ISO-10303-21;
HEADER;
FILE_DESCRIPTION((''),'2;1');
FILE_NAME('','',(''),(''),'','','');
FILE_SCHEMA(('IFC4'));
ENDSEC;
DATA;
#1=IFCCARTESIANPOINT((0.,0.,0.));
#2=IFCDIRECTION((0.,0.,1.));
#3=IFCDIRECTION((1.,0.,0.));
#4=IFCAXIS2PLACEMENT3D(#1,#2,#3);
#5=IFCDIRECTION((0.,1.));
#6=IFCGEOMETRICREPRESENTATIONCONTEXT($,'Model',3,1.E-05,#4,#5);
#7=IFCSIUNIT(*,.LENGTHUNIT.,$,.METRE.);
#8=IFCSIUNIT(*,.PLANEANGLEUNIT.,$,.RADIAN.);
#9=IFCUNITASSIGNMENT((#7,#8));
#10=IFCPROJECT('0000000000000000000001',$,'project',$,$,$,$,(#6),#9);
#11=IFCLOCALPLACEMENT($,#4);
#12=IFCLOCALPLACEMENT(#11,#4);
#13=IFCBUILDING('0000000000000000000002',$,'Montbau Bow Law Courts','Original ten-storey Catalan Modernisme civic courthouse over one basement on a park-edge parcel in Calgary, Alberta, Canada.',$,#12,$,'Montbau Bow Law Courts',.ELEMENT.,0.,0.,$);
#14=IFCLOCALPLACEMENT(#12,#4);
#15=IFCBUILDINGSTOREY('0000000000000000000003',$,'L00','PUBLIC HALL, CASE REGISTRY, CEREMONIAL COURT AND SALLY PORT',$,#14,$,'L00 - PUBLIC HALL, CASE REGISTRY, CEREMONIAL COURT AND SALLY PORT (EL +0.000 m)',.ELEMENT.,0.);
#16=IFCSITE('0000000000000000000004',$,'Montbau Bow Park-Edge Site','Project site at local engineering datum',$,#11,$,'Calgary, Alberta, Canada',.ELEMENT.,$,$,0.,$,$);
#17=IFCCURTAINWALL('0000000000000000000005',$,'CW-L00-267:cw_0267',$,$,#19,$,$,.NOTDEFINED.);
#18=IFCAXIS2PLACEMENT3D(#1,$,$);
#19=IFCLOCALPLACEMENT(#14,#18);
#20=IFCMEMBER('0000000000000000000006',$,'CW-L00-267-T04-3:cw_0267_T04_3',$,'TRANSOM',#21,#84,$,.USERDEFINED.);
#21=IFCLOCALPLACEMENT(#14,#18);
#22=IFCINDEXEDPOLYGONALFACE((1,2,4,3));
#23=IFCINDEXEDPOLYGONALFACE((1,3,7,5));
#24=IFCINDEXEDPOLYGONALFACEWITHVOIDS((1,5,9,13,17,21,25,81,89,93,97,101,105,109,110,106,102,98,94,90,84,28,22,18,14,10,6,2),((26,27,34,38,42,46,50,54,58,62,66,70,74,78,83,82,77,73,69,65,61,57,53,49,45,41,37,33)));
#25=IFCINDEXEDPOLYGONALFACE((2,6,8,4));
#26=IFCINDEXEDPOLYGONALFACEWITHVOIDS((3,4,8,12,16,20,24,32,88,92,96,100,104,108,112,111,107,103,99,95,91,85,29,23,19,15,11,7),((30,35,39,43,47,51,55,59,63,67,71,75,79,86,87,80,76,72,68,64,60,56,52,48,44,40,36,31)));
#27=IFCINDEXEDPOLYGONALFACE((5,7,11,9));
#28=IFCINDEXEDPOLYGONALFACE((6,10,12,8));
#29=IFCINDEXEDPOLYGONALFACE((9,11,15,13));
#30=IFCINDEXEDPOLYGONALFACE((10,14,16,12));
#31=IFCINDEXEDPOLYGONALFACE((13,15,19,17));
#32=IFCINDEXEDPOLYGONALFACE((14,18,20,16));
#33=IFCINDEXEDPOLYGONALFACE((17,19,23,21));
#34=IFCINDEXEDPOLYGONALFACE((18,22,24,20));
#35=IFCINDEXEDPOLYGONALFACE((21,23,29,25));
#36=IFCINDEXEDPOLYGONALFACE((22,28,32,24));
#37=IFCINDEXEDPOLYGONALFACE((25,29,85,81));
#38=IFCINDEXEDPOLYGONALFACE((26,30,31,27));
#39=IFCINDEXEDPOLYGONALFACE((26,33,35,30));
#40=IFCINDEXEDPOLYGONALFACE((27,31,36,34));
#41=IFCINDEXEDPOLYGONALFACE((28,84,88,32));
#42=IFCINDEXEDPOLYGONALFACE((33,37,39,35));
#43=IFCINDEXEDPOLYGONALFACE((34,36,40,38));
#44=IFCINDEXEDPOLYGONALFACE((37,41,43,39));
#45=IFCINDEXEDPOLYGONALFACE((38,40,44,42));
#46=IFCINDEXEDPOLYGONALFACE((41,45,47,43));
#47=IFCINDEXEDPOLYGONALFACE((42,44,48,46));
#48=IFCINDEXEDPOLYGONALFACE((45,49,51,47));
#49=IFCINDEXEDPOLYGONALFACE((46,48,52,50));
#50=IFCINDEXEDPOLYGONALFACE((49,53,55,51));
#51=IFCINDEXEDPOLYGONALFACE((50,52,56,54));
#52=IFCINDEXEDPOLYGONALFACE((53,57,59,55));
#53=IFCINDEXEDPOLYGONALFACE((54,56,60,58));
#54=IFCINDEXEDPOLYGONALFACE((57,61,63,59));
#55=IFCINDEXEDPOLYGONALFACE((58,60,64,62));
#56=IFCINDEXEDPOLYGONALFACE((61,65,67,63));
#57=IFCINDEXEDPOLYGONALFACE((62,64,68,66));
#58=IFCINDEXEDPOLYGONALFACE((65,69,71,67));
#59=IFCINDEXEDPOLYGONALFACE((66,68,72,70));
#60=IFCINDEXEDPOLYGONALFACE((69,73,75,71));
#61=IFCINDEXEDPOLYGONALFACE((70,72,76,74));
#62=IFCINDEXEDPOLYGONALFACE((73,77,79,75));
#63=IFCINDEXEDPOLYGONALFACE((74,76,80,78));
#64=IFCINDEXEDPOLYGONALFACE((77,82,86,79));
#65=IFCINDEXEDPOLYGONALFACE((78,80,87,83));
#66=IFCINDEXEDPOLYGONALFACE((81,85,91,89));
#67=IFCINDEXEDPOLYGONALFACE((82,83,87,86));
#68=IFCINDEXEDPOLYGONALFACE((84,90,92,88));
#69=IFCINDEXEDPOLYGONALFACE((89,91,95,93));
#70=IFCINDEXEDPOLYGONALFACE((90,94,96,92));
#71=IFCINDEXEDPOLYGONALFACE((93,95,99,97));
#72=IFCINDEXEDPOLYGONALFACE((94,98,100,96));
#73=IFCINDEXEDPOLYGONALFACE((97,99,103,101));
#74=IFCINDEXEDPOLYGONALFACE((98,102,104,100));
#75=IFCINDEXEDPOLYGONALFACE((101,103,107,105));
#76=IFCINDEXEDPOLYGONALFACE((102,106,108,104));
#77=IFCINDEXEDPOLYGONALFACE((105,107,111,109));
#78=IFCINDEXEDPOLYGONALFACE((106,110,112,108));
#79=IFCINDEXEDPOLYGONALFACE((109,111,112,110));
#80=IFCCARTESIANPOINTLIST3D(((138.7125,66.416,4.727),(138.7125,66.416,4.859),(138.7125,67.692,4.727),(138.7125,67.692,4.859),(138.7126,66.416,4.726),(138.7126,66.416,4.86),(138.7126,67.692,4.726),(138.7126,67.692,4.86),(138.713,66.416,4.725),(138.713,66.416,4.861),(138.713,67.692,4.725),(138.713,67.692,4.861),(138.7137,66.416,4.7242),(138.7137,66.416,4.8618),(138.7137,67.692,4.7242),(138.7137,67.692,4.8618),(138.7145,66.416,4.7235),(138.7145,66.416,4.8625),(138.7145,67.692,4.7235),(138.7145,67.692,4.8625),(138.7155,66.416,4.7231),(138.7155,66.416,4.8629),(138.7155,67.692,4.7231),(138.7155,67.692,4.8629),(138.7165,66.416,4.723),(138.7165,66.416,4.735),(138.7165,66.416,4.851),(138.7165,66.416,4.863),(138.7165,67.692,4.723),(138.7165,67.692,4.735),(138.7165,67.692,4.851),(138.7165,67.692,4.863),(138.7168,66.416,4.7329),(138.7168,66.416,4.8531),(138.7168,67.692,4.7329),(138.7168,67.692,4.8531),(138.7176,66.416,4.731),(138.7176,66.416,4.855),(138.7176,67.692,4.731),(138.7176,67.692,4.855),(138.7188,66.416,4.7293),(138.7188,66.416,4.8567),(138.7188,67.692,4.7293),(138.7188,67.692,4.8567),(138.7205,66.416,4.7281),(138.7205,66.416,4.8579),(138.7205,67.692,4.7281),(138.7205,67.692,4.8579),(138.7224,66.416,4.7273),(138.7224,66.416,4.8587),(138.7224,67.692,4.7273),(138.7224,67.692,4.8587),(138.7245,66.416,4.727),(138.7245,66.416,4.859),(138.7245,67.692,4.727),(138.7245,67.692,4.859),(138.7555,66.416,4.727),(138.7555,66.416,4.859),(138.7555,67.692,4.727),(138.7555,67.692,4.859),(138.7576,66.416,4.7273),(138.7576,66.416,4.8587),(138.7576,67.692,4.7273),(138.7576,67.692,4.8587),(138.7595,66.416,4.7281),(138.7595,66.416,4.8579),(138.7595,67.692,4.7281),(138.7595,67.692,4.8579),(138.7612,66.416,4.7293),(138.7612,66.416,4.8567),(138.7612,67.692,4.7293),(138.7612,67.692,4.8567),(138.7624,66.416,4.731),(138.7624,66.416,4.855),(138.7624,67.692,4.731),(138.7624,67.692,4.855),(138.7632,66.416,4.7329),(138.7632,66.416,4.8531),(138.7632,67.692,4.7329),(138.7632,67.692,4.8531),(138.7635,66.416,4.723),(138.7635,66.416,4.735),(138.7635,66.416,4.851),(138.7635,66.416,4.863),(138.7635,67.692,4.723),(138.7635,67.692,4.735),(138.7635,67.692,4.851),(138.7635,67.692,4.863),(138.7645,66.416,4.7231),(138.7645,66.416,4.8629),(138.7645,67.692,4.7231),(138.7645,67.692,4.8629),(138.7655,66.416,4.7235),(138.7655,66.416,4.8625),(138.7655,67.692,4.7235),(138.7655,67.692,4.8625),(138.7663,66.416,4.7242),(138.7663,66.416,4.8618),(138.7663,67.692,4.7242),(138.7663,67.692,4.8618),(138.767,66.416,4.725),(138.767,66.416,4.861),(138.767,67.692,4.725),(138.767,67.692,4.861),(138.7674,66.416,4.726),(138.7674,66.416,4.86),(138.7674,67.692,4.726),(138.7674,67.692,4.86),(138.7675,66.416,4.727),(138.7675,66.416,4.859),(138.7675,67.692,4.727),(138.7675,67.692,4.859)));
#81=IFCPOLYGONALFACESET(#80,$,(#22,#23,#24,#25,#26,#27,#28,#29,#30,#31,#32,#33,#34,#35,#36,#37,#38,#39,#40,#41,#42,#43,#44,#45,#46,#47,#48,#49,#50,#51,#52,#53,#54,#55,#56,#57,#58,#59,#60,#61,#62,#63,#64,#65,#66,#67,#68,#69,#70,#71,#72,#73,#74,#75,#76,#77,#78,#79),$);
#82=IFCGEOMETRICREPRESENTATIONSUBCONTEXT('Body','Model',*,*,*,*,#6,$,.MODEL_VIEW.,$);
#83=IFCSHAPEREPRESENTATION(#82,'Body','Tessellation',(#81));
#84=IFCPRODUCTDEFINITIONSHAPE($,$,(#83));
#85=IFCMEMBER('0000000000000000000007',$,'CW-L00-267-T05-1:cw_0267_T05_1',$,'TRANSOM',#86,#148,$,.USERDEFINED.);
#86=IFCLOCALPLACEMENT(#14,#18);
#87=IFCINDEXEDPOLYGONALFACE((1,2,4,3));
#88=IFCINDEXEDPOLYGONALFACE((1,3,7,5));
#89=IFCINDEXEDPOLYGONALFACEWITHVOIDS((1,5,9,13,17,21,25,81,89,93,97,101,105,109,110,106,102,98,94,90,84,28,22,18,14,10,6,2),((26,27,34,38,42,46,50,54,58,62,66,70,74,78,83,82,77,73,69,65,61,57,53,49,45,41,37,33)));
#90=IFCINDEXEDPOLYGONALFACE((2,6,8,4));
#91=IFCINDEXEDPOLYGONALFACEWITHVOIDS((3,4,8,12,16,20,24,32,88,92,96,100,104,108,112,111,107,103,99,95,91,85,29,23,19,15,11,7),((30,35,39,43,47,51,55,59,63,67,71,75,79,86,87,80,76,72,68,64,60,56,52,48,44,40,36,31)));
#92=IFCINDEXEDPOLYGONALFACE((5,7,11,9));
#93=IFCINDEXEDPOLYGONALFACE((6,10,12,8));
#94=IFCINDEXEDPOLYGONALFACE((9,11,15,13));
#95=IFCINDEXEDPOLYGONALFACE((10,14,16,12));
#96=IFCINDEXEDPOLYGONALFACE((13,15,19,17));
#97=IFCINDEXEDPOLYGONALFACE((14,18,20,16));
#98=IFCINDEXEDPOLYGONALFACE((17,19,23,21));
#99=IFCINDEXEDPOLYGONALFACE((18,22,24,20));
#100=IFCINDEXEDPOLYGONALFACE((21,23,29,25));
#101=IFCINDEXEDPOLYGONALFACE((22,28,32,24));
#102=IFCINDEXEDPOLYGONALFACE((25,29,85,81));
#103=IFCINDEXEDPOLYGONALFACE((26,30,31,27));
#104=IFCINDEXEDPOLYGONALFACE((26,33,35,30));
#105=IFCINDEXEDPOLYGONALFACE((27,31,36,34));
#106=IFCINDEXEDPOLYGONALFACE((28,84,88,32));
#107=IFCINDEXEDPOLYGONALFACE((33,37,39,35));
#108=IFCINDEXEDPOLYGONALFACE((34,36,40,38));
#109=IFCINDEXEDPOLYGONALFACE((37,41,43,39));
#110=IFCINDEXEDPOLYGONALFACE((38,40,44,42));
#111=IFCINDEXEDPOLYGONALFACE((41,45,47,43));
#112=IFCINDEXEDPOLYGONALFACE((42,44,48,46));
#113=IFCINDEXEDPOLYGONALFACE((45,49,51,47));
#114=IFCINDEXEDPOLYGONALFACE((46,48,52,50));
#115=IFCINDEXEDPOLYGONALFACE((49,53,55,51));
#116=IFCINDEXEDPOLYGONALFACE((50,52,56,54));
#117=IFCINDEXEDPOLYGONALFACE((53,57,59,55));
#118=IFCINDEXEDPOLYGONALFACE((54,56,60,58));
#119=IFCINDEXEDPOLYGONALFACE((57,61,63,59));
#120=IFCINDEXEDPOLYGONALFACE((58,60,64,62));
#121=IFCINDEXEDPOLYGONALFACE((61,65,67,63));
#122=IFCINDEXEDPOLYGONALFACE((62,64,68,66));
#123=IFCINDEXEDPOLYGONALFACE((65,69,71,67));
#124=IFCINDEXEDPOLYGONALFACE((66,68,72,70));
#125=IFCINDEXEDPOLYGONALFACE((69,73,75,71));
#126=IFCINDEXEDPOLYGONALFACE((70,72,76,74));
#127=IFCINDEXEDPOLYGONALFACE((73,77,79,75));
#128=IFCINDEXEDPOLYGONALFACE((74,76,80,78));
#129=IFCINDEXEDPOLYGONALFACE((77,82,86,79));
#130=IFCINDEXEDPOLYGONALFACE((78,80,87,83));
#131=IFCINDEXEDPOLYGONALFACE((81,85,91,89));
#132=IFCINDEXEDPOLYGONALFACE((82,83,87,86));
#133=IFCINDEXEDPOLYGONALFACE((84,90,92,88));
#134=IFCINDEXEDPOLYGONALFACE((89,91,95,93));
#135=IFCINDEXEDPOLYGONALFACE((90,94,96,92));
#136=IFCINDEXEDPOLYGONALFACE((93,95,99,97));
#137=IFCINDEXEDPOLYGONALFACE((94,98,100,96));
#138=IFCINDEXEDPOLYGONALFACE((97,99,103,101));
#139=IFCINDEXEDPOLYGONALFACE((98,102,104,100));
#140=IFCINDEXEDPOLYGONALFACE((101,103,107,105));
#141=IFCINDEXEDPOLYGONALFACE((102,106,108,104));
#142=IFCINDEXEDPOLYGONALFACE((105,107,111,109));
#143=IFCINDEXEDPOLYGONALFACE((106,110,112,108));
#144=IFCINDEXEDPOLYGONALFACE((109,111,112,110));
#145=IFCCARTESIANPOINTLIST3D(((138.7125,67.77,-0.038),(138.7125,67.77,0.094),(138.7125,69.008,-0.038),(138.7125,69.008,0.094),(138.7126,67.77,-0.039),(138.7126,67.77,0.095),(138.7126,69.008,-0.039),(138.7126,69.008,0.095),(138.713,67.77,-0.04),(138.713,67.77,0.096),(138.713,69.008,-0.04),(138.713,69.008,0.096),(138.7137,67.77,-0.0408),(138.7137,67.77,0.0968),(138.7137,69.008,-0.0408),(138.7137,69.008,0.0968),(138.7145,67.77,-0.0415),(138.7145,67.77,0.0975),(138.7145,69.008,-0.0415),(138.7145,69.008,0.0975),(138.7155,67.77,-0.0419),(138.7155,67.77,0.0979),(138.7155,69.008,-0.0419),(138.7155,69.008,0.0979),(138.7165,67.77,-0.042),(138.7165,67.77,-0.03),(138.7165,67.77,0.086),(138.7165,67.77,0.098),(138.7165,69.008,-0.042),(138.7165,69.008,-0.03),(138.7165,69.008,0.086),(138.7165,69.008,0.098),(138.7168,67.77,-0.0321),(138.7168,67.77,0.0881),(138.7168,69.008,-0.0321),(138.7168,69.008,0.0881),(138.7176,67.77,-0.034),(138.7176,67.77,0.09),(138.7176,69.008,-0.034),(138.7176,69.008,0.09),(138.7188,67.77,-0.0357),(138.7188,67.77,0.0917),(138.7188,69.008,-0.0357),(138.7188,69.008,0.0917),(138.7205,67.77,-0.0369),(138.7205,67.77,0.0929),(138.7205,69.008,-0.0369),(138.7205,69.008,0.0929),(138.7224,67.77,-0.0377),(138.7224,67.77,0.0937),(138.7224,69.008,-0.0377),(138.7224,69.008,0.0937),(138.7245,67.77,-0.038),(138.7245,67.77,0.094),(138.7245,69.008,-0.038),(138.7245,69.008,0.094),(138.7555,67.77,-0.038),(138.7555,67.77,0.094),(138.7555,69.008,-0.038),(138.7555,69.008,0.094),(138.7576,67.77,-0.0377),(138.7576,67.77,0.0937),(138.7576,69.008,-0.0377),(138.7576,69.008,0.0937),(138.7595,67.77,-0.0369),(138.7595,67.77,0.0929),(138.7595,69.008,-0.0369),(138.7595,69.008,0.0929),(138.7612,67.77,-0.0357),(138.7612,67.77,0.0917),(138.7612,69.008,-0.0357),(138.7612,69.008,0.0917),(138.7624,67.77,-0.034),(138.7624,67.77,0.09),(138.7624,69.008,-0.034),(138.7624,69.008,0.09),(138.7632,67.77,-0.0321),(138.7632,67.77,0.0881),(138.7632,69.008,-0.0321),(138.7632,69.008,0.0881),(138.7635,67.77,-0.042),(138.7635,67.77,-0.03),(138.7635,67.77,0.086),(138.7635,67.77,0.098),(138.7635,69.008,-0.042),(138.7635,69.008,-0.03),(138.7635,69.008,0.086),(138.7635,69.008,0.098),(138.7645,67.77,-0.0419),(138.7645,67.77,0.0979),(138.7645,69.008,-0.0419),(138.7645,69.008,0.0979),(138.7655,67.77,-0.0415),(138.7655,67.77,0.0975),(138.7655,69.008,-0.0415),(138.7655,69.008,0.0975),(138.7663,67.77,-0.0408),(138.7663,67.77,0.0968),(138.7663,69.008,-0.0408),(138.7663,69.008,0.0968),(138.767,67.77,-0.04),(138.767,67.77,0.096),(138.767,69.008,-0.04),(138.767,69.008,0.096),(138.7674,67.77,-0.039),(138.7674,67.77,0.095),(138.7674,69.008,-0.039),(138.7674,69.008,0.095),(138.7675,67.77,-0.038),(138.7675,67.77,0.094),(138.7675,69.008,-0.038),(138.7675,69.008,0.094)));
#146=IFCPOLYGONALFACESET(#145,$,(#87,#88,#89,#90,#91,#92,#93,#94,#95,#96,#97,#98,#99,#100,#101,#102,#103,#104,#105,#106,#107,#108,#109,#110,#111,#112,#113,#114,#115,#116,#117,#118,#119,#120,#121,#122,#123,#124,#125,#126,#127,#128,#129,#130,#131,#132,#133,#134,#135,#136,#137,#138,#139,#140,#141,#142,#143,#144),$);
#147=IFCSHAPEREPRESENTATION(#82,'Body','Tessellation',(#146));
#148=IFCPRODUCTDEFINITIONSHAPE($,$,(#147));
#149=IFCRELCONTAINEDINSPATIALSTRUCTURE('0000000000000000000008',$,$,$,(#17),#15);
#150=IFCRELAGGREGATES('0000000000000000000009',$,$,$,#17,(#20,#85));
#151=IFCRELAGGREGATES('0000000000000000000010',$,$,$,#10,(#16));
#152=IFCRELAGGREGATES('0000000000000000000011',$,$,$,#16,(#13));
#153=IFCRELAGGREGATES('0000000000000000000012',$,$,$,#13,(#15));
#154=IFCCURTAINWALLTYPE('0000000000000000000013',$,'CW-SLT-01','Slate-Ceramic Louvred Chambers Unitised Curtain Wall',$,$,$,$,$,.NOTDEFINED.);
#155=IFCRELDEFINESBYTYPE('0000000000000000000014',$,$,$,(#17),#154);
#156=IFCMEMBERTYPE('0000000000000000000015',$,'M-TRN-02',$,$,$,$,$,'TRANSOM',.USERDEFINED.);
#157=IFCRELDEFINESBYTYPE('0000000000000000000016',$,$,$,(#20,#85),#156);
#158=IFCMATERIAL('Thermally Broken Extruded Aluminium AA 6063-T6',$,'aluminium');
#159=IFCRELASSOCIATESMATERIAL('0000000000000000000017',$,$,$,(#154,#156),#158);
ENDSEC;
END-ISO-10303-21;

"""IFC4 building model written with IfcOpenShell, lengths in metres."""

from ifc_helpers import new_model, si_unit, direction, frame, origin_with_axes, origin_2d_with_axis, place, context, subcontext, project, spatial, hollow_rectangle, extrude, material, material_profile, profile_set, type_object, element, aggregate, save


model = new_model("IFC4")

# Units and contexts
model_context = context("Model", 3, precision=1e-05, world=origin_with_axes(), true_north=direction((0.0, 1.0)))
body_context = subcontext(model_context, "Body", "Model", "MODEL_VIEW")
ifc_project = project(units=[si_unit("LENGTHUNIT", "METRE"), si_unit("PLANEANGLEUNIT", "RADIAN")], contexts=[model_context])

# Site, building, storey
site_placement = place(None, origin_with_axes())
site = spatial("IfcSite", under=ifc_project, at=site_placement, Name="Montbau Bow Park-Edge Site", Description="Project site at local engineering datum", LongName="Calgary, Alberta, Canada", CompositionType="ELEMENT", RefElevation=0.0)
building_placement = place(site_placement, origin_with_axes())
building = spatial("IfcBuilding", under=site, at=building_placement, Name="Montbau Bow Law Courts", Description="Original ten-storey Catalan Modernisme civic courthouse over one basement on a park-edge parcel in Calgary, Alberta, Canada.", LongName="Montbau Bow Law Courts", CompositionType="ELEMENT", ElevationOfRefHeight=0.0, ElevationOfTerrain=0.0)
storey_placement = place(building_placement, origin_with_axes())
storey = spatial("IfcBuildingStorey", under=building, at=storey_placement, Name="L00", Description="PUBLIC HALL, CASE REGISTRY, CEREMONIAL COURT AND SALLY PORT", LongName="L00 - PUBLIC HALL, CASE REGISTRY, CEREMONIAL COURT AND SALLY PORT (EL +0.000 m)", CompositionType="ELEMENT", Elevation=0.0)

# Curtain wall
ifc_material_1 = material(Name="Thermally Broken Extruded Aluminium AA 6063-T6", Category="aluminium")
curtain_wall_type = type_object("IfcCurtainWallType", Name="CW-SLT-01", Description="Slate-Ceramic Louvred Chambers Unitised Curtain Wall", PredefinedType="NOTDEFINED", material=ifc_material_1)
curtain_wall_1_placement = place(None, frame((138.74, 62.315, 0.0), z_axis=(0.0, 0.0, 1.0), x_axis=(1.0, 0.0, 0.0)))
curtain_wall_1 = element("IfcCurtainWall", 1, at=curtain_wall_1_placement, inside=storey, type_object=curtain_wall_type, Name="CW-L00-267:cw_0267", PredefinedType="NOTDEFINED")

# Members
ifc_material_profile_1 = material_profile(ifc_material_1, hollow_rectangle(XDim=0.055, YDim=0.14, WallThickness=0.004, InnerFilletRadius=0.008, OuterFilletRadius=0.004, at=origin_2d_with_axis()), Name="CWT-140X55", Category="Main", Priority=0)
ifc_profile_set_1 = profile_set([ifc_material_profile_1], Name="Thermally Broken Extruded Aluminium AA 6063-T6")
member_type_1 = type_object("IfcMemberType", Name="M-TRN-02", ElementType="TRANSOM", PredefinedType="USERDEFINED", material=ifc_profile_set_1)
member_1_placement = place(None, frame((138.74, 66.416, 4.793), z_axis=(0.0, 1.0, 0.0), x_axis=(-1.0, 0.0, 0.0)))
member_1 = element("IfcMember", 2, at=member_1_placement, type_object=member_type_1, Name="CW-L00-267-T04-3:cw_0267_T04_3", ObjectType="TRANSOM", PredefinedType="USERDEFINED", context=body_context, shape_type="SweptSolid", body=[
    extrude(hollow_rectangle(XDim=0.055, YDim=0.14, WallThickness=0.004, InnerFilletRadius=0.008, OuterFilletRadius=0.004, at=origin_2d_with_axis()), origin_with_axes(), (0.0, 0.0, 1.0), 1.276),
])
member_2_placement = place(None, frame((138.74, 67.77, 0.028), z_axis=(0.0, 1.0, 0.0), x_axis=(-1.0, 0.0, 0.0)))
member_2 = element("IfcMember", 3, at=member_2_placement, type_object=member_type_1, Name="CW-L00-267-T05-1:cw_0267_T05_1", ObjectType="TRANSOM", PredefinedType="USERDEFINED", context=body_context, shape_type="SweptSolid", body=[
    extrude(hollow_rectangle(XDim=0.055, YDim=0.14, WallThickness=0.004, InnerFilletRadius=0.008, OuterFilletRadius=0.004, at=origin_2d_with_axis()), origin_with_axes(), (0.0, 0.0, 1.0), 1.238),
])

aggregate(curtain_wall_1, [member_1, member_2])

save(model, "model.ifc")
